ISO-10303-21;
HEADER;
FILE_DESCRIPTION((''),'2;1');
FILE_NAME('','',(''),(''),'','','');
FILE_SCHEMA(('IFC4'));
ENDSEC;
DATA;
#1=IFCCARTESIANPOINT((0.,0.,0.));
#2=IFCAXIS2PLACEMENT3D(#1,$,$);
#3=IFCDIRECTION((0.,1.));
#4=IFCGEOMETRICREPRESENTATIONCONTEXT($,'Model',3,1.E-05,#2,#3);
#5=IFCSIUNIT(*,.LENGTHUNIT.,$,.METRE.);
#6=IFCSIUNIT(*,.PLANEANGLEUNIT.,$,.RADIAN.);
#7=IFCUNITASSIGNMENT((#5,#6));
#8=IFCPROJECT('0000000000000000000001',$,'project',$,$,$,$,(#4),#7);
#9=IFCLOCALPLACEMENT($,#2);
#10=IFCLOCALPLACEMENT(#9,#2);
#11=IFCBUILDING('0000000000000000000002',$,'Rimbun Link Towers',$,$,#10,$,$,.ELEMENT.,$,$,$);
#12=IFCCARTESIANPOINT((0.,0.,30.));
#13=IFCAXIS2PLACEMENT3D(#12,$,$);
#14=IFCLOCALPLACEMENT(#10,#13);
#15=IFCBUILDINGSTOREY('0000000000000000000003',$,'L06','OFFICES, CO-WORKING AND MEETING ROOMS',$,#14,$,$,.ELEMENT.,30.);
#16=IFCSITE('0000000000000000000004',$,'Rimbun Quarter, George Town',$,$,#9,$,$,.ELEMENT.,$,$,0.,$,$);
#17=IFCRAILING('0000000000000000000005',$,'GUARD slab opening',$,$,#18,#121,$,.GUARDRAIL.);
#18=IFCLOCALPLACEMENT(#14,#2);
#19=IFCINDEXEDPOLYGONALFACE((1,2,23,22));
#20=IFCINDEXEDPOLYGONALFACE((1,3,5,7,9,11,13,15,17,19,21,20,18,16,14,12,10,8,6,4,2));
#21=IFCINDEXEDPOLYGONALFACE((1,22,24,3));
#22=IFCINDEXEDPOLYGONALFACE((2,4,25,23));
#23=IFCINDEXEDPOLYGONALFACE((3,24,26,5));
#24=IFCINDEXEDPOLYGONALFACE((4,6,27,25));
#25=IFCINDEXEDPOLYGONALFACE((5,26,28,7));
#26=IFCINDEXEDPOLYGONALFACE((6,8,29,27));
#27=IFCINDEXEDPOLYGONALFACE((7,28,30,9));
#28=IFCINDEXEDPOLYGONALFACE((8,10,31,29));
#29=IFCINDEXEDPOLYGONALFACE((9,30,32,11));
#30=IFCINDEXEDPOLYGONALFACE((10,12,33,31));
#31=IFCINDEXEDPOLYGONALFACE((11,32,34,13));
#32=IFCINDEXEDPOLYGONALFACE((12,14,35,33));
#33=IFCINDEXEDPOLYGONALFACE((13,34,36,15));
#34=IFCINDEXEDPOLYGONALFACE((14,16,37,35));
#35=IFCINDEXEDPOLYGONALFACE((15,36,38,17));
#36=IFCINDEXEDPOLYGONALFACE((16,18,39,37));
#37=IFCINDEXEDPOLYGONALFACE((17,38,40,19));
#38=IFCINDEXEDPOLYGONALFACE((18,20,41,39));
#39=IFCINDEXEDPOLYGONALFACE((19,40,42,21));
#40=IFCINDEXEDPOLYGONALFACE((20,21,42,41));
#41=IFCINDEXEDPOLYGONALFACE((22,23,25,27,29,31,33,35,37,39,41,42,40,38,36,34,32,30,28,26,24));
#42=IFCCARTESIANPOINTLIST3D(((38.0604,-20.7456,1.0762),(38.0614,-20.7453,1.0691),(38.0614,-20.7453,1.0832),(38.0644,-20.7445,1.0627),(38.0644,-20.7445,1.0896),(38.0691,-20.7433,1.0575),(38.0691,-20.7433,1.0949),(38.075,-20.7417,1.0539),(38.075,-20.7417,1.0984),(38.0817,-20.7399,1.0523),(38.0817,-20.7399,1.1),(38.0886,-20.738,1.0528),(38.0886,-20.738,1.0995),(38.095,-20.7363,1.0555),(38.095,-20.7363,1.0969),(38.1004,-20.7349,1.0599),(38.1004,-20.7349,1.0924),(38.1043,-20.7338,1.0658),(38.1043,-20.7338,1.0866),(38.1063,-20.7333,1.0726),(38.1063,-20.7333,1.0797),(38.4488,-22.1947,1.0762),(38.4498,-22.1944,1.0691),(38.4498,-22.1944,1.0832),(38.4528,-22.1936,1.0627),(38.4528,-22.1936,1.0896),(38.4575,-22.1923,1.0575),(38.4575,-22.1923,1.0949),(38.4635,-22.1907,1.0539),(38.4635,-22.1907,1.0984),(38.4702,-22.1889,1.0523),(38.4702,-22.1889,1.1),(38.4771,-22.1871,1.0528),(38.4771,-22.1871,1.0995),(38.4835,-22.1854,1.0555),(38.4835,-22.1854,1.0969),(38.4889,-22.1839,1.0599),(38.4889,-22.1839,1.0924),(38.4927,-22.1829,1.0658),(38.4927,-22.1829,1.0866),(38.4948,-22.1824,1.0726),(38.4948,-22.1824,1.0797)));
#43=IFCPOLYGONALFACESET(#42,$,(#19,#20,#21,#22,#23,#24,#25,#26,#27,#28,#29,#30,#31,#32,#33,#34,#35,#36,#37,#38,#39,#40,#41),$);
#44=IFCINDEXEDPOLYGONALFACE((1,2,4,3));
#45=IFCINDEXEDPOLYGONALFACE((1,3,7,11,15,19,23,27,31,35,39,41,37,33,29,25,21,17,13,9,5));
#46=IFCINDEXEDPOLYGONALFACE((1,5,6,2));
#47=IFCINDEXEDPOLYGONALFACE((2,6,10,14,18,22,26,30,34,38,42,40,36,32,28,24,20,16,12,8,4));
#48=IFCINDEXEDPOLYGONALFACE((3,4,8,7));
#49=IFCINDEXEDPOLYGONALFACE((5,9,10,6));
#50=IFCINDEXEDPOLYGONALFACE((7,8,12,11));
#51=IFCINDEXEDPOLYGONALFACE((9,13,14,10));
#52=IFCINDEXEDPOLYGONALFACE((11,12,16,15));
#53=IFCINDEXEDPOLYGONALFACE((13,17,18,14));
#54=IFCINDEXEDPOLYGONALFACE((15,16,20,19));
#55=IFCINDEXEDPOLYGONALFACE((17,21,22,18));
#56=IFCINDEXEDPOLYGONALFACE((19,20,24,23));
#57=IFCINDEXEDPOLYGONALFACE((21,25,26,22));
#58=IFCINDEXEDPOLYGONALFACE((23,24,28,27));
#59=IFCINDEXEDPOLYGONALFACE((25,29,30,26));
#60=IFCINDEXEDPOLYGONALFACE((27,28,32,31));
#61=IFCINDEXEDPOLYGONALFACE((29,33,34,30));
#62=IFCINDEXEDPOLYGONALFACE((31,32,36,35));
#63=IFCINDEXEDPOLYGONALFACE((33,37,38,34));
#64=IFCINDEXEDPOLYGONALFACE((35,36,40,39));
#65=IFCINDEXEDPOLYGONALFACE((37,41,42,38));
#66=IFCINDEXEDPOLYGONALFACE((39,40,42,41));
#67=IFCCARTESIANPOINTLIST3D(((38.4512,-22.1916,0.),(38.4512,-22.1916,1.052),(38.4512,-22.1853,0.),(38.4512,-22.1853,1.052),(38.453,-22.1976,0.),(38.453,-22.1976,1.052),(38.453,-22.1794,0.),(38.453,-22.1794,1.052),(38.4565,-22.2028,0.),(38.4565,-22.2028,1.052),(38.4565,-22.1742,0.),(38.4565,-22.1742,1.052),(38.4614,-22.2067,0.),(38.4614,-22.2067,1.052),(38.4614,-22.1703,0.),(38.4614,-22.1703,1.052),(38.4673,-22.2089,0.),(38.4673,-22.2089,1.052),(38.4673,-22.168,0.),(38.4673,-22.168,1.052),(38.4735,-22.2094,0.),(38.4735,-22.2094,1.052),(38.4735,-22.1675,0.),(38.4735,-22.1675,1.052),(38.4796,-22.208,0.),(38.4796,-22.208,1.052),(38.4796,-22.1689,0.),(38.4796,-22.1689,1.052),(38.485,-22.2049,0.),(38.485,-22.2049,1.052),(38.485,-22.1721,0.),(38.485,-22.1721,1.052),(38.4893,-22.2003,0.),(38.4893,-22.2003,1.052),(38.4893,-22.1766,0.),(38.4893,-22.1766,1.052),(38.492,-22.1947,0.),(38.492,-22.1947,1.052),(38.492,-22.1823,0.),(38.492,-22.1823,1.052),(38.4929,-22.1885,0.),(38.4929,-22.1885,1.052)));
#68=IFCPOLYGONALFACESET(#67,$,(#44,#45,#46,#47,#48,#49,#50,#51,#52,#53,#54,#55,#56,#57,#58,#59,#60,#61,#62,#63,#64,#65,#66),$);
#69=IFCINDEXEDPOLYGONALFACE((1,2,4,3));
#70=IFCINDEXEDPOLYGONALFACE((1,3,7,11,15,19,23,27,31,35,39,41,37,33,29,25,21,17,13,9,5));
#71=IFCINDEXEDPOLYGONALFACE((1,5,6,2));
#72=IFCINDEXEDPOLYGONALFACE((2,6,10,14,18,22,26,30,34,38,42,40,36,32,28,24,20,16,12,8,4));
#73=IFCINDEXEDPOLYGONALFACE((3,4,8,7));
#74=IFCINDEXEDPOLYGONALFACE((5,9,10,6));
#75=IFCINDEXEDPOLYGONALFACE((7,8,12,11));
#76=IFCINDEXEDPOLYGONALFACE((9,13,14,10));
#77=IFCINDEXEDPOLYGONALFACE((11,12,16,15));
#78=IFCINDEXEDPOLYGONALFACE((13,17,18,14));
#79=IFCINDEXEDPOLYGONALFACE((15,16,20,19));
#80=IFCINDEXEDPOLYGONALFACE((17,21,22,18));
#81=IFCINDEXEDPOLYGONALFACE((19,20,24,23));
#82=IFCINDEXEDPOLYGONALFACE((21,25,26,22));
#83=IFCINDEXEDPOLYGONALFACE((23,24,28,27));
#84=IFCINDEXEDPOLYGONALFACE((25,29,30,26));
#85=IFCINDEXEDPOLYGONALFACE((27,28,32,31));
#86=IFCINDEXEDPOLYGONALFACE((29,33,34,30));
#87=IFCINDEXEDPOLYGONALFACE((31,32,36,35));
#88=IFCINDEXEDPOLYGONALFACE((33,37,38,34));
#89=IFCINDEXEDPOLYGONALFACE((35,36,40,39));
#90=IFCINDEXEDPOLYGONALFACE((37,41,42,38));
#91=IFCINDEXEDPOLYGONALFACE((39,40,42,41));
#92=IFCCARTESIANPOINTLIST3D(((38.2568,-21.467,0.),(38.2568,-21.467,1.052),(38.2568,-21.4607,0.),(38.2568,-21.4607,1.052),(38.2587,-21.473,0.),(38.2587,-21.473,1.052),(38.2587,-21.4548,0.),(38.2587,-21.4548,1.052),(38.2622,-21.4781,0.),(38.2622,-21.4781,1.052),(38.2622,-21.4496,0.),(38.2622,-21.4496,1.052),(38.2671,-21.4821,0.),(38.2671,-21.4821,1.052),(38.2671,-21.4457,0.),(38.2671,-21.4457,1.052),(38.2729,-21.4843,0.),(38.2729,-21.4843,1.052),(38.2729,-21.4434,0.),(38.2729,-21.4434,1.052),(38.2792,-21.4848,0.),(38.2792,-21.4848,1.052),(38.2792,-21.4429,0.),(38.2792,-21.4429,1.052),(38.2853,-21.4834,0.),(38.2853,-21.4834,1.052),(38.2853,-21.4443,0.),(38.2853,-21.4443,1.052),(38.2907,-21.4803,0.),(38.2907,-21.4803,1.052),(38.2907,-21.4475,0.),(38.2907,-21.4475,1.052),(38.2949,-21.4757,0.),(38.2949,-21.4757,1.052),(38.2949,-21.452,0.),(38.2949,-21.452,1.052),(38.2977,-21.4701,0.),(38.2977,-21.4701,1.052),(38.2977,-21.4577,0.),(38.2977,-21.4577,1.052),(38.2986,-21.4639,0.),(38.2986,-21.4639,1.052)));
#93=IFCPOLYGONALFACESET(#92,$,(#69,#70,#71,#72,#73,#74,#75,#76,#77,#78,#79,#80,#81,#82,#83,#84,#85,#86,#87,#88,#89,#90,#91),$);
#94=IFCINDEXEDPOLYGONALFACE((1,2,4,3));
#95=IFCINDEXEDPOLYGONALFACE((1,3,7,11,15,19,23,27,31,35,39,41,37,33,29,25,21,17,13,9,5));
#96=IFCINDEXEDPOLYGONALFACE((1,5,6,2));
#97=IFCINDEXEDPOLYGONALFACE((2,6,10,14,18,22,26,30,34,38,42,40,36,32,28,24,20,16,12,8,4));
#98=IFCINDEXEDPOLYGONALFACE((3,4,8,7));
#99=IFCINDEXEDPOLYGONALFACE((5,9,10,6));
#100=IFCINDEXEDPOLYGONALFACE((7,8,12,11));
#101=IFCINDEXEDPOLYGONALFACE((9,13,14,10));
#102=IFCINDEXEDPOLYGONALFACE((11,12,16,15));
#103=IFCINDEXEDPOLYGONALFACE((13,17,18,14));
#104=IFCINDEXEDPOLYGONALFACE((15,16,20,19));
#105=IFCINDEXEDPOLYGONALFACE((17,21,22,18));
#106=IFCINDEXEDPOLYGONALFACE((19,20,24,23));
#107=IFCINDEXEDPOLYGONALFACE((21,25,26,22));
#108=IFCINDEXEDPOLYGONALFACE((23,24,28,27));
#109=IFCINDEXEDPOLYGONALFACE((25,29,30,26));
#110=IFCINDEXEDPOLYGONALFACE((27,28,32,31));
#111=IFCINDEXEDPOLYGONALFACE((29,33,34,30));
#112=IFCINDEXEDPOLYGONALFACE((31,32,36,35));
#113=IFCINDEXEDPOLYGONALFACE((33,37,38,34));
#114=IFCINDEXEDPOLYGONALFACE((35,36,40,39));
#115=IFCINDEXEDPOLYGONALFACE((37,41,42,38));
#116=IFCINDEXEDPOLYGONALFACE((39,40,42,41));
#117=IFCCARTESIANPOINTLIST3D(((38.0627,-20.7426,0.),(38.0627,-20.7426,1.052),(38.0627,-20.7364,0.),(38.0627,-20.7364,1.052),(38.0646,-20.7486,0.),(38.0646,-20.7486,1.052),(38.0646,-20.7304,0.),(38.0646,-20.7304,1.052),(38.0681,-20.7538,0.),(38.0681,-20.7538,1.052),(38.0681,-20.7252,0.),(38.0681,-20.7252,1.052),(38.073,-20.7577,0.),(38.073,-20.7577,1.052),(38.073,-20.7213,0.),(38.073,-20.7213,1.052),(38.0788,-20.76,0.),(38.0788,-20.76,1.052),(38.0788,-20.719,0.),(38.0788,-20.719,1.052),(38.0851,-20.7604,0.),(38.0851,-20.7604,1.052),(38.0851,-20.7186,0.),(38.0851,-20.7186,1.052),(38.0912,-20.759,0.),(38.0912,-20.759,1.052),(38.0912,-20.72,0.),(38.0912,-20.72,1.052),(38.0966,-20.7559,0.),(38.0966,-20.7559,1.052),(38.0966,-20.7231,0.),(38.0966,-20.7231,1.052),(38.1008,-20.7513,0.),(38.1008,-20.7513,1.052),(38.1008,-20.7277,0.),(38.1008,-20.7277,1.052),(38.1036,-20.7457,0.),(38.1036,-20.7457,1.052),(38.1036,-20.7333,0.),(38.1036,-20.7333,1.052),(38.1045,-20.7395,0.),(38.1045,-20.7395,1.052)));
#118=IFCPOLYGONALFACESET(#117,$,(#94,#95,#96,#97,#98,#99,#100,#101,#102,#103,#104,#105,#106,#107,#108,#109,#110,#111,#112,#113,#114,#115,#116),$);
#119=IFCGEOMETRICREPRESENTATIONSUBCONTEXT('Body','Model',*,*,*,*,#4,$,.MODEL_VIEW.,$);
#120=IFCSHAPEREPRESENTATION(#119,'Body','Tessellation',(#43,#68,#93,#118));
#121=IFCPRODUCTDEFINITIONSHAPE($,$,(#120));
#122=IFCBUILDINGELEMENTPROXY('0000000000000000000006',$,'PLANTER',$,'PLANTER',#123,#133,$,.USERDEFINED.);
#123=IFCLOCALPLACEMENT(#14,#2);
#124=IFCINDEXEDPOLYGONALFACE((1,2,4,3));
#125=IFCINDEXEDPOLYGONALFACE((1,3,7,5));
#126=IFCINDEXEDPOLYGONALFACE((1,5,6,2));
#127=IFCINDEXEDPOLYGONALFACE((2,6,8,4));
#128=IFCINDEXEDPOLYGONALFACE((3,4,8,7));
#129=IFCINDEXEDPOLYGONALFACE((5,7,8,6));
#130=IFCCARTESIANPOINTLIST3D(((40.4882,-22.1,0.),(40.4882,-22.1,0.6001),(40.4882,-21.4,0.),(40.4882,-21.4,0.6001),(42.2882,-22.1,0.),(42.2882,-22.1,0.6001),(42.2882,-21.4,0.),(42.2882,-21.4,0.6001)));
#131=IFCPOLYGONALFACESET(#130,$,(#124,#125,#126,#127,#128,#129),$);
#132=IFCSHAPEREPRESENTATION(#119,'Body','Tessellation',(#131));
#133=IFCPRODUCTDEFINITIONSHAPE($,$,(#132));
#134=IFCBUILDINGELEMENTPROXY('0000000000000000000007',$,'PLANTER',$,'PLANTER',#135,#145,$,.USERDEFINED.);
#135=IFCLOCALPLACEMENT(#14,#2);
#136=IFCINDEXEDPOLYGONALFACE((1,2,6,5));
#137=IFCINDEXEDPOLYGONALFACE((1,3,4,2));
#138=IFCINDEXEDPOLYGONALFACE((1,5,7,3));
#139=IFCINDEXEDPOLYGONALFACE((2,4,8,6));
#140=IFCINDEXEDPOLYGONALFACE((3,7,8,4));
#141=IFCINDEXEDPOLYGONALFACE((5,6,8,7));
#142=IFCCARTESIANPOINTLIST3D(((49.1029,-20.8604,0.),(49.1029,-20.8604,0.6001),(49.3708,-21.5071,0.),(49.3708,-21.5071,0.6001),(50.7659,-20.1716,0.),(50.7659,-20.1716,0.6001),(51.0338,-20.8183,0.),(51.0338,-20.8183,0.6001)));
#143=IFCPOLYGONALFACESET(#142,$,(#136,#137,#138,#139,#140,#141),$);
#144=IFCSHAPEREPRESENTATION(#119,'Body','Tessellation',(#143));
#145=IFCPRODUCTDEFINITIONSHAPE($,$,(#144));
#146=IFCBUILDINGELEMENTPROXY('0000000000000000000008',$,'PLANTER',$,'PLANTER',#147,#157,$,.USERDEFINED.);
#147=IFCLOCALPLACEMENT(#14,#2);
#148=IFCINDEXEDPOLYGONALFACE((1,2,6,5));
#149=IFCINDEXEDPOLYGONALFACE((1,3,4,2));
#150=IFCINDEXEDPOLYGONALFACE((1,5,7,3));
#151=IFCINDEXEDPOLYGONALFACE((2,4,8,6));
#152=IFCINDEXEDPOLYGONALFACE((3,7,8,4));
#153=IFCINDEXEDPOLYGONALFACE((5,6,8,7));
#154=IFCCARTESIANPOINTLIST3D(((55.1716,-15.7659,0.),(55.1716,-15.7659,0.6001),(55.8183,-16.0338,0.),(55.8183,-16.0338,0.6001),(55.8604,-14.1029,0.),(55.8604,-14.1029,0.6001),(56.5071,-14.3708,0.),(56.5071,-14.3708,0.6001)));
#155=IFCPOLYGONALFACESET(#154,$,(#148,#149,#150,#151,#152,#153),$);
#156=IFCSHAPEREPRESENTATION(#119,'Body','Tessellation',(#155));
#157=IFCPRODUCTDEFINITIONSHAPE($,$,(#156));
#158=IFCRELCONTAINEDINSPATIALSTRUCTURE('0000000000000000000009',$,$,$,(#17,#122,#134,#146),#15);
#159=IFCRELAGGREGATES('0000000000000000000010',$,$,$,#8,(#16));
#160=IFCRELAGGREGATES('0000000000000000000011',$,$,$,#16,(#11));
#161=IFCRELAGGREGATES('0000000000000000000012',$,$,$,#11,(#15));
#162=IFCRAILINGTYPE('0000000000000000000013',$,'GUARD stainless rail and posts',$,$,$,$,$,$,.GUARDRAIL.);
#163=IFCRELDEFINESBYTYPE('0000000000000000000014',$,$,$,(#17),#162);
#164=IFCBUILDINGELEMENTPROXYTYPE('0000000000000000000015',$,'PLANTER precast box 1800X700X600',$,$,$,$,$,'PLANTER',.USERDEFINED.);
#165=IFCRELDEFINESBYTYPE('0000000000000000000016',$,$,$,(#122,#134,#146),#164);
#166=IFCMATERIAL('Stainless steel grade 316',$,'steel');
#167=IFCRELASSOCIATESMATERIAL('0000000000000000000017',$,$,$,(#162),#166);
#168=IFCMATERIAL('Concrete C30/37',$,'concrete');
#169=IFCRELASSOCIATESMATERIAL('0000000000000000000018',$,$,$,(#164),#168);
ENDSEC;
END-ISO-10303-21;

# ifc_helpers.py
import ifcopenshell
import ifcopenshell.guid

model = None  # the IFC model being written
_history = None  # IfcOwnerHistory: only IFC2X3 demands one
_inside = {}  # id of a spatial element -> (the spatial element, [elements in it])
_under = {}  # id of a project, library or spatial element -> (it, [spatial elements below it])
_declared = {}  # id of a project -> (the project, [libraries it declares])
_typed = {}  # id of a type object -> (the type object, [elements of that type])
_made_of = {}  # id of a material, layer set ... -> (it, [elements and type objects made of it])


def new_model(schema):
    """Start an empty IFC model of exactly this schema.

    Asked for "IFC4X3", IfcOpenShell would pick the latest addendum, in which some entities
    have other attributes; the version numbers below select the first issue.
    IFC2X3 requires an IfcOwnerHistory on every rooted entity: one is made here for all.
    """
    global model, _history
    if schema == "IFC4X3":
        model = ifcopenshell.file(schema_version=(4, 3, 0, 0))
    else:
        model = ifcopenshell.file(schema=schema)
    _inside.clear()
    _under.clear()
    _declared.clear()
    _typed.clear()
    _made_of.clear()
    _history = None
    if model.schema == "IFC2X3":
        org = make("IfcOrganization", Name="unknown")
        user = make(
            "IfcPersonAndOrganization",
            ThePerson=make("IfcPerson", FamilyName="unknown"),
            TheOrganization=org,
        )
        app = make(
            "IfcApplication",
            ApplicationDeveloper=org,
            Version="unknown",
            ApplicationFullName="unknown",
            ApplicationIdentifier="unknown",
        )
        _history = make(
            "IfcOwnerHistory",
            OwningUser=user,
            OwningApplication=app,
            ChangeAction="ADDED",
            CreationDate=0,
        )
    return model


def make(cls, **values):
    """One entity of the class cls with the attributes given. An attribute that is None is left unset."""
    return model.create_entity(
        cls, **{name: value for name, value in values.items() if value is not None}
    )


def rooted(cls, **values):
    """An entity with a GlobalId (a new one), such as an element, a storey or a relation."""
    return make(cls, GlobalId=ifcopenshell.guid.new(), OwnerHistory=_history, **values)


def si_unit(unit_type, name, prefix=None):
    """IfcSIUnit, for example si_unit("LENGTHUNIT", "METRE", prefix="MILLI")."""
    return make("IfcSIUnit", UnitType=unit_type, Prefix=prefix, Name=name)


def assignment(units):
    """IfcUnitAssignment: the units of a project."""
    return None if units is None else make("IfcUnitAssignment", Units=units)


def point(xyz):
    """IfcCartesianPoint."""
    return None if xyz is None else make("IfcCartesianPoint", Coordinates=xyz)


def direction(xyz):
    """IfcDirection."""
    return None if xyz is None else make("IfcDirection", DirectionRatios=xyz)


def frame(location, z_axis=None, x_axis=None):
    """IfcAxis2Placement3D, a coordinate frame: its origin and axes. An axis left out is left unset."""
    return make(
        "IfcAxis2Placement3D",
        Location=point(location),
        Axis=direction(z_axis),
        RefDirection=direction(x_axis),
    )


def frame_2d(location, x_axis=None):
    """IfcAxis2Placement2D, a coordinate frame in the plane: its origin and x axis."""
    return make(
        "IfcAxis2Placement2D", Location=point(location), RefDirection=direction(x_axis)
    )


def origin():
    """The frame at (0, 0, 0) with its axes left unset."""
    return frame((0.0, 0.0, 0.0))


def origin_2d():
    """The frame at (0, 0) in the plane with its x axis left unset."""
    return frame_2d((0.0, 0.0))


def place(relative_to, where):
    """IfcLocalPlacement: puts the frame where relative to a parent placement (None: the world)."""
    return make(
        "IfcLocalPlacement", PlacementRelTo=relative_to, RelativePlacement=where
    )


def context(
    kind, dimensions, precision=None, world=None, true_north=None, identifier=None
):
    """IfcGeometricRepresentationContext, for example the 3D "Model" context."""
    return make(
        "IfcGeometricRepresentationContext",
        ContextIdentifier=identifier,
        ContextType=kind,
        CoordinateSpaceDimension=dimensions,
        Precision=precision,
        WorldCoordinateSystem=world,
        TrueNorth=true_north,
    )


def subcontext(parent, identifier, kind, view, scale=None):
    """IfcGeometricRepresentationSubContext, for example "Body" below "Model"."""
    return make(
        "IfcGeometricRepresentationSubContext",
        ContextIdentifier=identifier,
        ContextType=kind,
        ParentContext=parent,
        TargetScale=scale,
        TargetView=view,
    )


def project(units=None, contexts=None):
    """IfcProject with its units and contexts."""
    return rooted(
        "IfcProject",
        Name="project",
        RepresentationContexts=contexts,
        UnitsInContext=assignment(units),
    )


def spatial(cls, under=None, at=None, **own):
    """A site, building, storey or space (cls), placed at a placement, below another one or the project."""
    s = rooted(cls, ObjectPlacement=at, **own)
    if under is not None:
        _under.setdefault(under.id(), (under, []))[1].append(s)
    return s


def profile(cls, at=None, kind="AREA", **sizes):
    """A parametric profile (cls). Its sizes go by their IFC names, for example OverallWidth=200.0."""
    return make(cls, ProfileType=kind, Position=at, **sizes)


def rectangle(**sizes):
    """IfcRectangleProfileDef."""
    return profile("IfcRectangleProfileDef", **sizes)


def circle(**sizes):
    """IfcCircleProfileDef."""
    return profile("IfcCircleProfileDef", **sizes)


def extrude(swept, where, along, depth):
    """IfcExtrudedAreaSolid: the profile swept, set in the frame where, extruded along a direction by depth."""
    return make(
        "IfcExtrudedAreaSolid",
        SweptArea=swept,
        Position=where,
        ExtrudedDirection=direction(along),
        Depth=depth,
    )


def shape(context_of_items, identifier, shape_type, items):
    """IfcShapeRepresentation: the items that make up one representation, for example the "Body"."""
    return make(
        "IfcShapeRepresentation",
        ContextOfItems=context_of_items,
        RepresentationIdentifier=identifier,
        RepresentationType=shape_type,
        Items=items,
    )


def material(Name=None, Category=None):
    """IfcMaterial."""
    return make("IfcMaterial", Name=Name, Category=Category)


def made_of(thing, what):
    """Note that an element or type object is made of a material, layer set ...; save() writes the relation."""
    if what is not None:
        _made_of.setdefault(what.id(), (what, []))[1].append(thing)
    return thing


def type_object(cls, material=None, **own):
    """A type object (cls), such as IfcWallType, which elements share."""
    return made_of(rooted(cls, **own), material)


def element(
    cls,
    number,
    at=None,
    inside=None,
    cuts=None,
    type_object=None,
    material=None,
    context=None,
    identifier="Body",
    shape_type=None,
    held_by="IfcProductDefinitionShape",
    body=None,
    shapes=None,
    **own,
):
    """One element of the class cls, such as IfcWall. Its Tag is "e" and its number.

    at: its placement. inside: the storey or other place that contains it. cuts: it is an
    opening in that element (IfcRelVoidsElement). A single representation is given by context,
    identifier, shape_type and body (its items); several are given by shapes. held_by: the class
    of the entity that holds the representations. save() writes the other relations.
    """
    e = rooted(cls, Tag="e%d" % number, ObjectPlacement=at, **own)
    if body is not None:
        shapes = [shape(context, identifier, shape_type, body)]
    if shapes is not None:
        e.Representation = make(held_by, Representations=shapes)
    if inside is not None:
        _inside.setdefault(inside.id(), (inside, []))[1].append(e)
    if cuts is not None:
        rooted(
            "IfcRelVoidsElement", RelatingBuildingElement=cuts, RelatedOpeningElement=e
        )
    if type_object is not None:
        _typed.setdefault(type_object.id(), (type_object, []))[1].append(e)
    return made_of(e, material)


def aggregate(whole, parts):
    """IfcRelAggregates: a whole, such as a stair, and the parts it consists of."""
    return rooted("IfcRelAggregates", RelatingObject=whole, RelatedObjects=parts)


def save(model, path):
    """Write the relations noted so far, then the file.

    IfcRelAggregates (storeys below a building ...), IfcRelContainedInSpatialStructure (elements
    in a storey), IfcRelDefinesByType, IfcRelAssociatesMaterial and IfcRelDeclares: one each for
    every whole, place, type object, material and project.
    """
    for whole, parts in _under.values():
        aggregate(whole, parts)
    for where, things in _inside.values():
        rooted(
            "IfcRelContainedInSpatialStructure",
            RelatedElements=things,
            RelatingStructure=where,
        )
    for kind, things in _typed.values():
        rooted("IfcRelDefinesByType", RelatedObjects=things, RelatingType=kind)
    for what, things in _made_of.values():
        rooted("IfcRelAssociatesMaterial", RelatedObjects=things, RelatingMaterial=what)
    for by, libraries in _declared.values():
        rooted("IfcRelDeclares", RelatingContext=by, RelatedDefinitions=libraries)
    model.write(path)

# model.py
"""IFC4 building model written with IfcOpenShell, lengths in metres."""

from ifc_helpers import new_model, si_unit, direction, frame, origin, origin_2d, place, context, subcontext, project, spatial, rectangle, circle, extrude, material, type_object, element, save


model = new_model("IFC4")

# Units and contexts
model_context = context("Model", 3, precision=1e-05, world=origin(), true_north=direction((0.0, 1.0)))
body_context = subcontext(model_context, "Body", "Model", "MODEL_VIEW")
ifc_project = project(units=[si_unit("LENGTHUNIT", "METRE"), si_unit("PLANEANGLEUNIT", "RADIAN")], contexts=[model_context])

# Site, building, storey
site_placement = place(None, origin())
site = spatial("IfcSite", under=ifc_project, at=site_placement, Name="Rimbun Quarter, George Town", CompositionType="ELEMENT", RefElevation=0.0)
building_placement = place(site_placement, origin())
building = spatial("IfcBuilding", under=site, at=building_placement, Name="Rimbun Link Towers", CompositionType="ELEMENT")
storey_placement = place(building_placement, frame((0.0, 0.0, 30.0)))
storey = spatial("IfcBuildingStorey", under=building, at=storey_placement, Name="L06", Description="OFFICES, CO-WORKING AND MEETING ROOMS", CompositionType="ELEMENT", Elevation=30.0)

# Railing
ifc_material_1 = material(Name="Stainless steel grade 316", Category="steel")
railing_type_1 = type_object("IfcRailingType", Name="GUARD stainless rail and posts", PredefinedType="GUARDRAIL", material=ifc_material_1)
railing_1_placement = place(storey_placement, frame((38.4719, -22.1885, 0.0)))
element("IfcRailing", 1, at=railing_1_placement, inside=storey, type_object=railing_type_1, Name="GUARD slab opening", PredefinedType="GUARDRAIL", context=body_context, shape_type="SweptSolid", body=[
    extrude(circle(Radius=0.0239, at=origin_2d()), frame((0.0, 0.0, 1.0762), z_axis=(-0.258929, 0.965896, 0.0), x_axis=(-0.965896, -0.258929, 0.0)), (0.0, 0.0, 1.0), 1.5002),
    extrude(circle(Radius=0.021, at=origin_2d()), origin(), (0.0, 0.0, 1.0), 1.052),
    extrude(circle(Radius=0.021, at=origin_2d()), frame((-0.1943, 0.7246, 0.0)), (0.0, 0.0, 1.0), 1.052),
    extrude(circle(Radius=0.021, at=origin_2d()), frame((-0.3884, 1.449, 0.0)), (0.0, 0.0, 1.0), 1.052),
])

# Building element proxies
ifc_material_2 = material(Name="Concrete C30/37", Category="concrete")
building_element_proxy_type = type_object("IfcBuildingElementProxyType", Name="PLANTER precast box 1800X700X600", ElementType="PLANTER", PredefinedType="USERDEFINED", material=ifc_material_2)
for number, where, z_axis, x_axis, name in (
    (2, (41.3882, -21.75, 0.0), (0.0, 0.0, 1.0), (1.0, 0.0, 0.0), "PLANTER"),
    (3, (50.0684, -20.8394, 0.0), (0.0, 0.0, 1.0), (0.923881, 0.382679, 0.0), "PLANTER"),
    (4, (55.8394, -15.0684, 0.0), (0.0, 0.0, 1.0), (0.382679, 0.923881, 0.0), "PLANTER"),
):
    element("IfcBuildingElementProxy", number, at=place(storey_placement, frame(where, z_axis=z_axis, x_axis=x_axis)), inside=storey, type_object=building_element_proxy_type, Name=name, ObjectType="PLANTER", PredefinedType="USERDEFINED", context=body_context, shape_type="SweptSolid", body=[
        extrude(rectangle(XDim=1.8, YDim=0.7, at=origin_2d()), origin(), (0.0, 0.0, 1.0), 0.6001),
    ])

save(model, "model.ifc")
